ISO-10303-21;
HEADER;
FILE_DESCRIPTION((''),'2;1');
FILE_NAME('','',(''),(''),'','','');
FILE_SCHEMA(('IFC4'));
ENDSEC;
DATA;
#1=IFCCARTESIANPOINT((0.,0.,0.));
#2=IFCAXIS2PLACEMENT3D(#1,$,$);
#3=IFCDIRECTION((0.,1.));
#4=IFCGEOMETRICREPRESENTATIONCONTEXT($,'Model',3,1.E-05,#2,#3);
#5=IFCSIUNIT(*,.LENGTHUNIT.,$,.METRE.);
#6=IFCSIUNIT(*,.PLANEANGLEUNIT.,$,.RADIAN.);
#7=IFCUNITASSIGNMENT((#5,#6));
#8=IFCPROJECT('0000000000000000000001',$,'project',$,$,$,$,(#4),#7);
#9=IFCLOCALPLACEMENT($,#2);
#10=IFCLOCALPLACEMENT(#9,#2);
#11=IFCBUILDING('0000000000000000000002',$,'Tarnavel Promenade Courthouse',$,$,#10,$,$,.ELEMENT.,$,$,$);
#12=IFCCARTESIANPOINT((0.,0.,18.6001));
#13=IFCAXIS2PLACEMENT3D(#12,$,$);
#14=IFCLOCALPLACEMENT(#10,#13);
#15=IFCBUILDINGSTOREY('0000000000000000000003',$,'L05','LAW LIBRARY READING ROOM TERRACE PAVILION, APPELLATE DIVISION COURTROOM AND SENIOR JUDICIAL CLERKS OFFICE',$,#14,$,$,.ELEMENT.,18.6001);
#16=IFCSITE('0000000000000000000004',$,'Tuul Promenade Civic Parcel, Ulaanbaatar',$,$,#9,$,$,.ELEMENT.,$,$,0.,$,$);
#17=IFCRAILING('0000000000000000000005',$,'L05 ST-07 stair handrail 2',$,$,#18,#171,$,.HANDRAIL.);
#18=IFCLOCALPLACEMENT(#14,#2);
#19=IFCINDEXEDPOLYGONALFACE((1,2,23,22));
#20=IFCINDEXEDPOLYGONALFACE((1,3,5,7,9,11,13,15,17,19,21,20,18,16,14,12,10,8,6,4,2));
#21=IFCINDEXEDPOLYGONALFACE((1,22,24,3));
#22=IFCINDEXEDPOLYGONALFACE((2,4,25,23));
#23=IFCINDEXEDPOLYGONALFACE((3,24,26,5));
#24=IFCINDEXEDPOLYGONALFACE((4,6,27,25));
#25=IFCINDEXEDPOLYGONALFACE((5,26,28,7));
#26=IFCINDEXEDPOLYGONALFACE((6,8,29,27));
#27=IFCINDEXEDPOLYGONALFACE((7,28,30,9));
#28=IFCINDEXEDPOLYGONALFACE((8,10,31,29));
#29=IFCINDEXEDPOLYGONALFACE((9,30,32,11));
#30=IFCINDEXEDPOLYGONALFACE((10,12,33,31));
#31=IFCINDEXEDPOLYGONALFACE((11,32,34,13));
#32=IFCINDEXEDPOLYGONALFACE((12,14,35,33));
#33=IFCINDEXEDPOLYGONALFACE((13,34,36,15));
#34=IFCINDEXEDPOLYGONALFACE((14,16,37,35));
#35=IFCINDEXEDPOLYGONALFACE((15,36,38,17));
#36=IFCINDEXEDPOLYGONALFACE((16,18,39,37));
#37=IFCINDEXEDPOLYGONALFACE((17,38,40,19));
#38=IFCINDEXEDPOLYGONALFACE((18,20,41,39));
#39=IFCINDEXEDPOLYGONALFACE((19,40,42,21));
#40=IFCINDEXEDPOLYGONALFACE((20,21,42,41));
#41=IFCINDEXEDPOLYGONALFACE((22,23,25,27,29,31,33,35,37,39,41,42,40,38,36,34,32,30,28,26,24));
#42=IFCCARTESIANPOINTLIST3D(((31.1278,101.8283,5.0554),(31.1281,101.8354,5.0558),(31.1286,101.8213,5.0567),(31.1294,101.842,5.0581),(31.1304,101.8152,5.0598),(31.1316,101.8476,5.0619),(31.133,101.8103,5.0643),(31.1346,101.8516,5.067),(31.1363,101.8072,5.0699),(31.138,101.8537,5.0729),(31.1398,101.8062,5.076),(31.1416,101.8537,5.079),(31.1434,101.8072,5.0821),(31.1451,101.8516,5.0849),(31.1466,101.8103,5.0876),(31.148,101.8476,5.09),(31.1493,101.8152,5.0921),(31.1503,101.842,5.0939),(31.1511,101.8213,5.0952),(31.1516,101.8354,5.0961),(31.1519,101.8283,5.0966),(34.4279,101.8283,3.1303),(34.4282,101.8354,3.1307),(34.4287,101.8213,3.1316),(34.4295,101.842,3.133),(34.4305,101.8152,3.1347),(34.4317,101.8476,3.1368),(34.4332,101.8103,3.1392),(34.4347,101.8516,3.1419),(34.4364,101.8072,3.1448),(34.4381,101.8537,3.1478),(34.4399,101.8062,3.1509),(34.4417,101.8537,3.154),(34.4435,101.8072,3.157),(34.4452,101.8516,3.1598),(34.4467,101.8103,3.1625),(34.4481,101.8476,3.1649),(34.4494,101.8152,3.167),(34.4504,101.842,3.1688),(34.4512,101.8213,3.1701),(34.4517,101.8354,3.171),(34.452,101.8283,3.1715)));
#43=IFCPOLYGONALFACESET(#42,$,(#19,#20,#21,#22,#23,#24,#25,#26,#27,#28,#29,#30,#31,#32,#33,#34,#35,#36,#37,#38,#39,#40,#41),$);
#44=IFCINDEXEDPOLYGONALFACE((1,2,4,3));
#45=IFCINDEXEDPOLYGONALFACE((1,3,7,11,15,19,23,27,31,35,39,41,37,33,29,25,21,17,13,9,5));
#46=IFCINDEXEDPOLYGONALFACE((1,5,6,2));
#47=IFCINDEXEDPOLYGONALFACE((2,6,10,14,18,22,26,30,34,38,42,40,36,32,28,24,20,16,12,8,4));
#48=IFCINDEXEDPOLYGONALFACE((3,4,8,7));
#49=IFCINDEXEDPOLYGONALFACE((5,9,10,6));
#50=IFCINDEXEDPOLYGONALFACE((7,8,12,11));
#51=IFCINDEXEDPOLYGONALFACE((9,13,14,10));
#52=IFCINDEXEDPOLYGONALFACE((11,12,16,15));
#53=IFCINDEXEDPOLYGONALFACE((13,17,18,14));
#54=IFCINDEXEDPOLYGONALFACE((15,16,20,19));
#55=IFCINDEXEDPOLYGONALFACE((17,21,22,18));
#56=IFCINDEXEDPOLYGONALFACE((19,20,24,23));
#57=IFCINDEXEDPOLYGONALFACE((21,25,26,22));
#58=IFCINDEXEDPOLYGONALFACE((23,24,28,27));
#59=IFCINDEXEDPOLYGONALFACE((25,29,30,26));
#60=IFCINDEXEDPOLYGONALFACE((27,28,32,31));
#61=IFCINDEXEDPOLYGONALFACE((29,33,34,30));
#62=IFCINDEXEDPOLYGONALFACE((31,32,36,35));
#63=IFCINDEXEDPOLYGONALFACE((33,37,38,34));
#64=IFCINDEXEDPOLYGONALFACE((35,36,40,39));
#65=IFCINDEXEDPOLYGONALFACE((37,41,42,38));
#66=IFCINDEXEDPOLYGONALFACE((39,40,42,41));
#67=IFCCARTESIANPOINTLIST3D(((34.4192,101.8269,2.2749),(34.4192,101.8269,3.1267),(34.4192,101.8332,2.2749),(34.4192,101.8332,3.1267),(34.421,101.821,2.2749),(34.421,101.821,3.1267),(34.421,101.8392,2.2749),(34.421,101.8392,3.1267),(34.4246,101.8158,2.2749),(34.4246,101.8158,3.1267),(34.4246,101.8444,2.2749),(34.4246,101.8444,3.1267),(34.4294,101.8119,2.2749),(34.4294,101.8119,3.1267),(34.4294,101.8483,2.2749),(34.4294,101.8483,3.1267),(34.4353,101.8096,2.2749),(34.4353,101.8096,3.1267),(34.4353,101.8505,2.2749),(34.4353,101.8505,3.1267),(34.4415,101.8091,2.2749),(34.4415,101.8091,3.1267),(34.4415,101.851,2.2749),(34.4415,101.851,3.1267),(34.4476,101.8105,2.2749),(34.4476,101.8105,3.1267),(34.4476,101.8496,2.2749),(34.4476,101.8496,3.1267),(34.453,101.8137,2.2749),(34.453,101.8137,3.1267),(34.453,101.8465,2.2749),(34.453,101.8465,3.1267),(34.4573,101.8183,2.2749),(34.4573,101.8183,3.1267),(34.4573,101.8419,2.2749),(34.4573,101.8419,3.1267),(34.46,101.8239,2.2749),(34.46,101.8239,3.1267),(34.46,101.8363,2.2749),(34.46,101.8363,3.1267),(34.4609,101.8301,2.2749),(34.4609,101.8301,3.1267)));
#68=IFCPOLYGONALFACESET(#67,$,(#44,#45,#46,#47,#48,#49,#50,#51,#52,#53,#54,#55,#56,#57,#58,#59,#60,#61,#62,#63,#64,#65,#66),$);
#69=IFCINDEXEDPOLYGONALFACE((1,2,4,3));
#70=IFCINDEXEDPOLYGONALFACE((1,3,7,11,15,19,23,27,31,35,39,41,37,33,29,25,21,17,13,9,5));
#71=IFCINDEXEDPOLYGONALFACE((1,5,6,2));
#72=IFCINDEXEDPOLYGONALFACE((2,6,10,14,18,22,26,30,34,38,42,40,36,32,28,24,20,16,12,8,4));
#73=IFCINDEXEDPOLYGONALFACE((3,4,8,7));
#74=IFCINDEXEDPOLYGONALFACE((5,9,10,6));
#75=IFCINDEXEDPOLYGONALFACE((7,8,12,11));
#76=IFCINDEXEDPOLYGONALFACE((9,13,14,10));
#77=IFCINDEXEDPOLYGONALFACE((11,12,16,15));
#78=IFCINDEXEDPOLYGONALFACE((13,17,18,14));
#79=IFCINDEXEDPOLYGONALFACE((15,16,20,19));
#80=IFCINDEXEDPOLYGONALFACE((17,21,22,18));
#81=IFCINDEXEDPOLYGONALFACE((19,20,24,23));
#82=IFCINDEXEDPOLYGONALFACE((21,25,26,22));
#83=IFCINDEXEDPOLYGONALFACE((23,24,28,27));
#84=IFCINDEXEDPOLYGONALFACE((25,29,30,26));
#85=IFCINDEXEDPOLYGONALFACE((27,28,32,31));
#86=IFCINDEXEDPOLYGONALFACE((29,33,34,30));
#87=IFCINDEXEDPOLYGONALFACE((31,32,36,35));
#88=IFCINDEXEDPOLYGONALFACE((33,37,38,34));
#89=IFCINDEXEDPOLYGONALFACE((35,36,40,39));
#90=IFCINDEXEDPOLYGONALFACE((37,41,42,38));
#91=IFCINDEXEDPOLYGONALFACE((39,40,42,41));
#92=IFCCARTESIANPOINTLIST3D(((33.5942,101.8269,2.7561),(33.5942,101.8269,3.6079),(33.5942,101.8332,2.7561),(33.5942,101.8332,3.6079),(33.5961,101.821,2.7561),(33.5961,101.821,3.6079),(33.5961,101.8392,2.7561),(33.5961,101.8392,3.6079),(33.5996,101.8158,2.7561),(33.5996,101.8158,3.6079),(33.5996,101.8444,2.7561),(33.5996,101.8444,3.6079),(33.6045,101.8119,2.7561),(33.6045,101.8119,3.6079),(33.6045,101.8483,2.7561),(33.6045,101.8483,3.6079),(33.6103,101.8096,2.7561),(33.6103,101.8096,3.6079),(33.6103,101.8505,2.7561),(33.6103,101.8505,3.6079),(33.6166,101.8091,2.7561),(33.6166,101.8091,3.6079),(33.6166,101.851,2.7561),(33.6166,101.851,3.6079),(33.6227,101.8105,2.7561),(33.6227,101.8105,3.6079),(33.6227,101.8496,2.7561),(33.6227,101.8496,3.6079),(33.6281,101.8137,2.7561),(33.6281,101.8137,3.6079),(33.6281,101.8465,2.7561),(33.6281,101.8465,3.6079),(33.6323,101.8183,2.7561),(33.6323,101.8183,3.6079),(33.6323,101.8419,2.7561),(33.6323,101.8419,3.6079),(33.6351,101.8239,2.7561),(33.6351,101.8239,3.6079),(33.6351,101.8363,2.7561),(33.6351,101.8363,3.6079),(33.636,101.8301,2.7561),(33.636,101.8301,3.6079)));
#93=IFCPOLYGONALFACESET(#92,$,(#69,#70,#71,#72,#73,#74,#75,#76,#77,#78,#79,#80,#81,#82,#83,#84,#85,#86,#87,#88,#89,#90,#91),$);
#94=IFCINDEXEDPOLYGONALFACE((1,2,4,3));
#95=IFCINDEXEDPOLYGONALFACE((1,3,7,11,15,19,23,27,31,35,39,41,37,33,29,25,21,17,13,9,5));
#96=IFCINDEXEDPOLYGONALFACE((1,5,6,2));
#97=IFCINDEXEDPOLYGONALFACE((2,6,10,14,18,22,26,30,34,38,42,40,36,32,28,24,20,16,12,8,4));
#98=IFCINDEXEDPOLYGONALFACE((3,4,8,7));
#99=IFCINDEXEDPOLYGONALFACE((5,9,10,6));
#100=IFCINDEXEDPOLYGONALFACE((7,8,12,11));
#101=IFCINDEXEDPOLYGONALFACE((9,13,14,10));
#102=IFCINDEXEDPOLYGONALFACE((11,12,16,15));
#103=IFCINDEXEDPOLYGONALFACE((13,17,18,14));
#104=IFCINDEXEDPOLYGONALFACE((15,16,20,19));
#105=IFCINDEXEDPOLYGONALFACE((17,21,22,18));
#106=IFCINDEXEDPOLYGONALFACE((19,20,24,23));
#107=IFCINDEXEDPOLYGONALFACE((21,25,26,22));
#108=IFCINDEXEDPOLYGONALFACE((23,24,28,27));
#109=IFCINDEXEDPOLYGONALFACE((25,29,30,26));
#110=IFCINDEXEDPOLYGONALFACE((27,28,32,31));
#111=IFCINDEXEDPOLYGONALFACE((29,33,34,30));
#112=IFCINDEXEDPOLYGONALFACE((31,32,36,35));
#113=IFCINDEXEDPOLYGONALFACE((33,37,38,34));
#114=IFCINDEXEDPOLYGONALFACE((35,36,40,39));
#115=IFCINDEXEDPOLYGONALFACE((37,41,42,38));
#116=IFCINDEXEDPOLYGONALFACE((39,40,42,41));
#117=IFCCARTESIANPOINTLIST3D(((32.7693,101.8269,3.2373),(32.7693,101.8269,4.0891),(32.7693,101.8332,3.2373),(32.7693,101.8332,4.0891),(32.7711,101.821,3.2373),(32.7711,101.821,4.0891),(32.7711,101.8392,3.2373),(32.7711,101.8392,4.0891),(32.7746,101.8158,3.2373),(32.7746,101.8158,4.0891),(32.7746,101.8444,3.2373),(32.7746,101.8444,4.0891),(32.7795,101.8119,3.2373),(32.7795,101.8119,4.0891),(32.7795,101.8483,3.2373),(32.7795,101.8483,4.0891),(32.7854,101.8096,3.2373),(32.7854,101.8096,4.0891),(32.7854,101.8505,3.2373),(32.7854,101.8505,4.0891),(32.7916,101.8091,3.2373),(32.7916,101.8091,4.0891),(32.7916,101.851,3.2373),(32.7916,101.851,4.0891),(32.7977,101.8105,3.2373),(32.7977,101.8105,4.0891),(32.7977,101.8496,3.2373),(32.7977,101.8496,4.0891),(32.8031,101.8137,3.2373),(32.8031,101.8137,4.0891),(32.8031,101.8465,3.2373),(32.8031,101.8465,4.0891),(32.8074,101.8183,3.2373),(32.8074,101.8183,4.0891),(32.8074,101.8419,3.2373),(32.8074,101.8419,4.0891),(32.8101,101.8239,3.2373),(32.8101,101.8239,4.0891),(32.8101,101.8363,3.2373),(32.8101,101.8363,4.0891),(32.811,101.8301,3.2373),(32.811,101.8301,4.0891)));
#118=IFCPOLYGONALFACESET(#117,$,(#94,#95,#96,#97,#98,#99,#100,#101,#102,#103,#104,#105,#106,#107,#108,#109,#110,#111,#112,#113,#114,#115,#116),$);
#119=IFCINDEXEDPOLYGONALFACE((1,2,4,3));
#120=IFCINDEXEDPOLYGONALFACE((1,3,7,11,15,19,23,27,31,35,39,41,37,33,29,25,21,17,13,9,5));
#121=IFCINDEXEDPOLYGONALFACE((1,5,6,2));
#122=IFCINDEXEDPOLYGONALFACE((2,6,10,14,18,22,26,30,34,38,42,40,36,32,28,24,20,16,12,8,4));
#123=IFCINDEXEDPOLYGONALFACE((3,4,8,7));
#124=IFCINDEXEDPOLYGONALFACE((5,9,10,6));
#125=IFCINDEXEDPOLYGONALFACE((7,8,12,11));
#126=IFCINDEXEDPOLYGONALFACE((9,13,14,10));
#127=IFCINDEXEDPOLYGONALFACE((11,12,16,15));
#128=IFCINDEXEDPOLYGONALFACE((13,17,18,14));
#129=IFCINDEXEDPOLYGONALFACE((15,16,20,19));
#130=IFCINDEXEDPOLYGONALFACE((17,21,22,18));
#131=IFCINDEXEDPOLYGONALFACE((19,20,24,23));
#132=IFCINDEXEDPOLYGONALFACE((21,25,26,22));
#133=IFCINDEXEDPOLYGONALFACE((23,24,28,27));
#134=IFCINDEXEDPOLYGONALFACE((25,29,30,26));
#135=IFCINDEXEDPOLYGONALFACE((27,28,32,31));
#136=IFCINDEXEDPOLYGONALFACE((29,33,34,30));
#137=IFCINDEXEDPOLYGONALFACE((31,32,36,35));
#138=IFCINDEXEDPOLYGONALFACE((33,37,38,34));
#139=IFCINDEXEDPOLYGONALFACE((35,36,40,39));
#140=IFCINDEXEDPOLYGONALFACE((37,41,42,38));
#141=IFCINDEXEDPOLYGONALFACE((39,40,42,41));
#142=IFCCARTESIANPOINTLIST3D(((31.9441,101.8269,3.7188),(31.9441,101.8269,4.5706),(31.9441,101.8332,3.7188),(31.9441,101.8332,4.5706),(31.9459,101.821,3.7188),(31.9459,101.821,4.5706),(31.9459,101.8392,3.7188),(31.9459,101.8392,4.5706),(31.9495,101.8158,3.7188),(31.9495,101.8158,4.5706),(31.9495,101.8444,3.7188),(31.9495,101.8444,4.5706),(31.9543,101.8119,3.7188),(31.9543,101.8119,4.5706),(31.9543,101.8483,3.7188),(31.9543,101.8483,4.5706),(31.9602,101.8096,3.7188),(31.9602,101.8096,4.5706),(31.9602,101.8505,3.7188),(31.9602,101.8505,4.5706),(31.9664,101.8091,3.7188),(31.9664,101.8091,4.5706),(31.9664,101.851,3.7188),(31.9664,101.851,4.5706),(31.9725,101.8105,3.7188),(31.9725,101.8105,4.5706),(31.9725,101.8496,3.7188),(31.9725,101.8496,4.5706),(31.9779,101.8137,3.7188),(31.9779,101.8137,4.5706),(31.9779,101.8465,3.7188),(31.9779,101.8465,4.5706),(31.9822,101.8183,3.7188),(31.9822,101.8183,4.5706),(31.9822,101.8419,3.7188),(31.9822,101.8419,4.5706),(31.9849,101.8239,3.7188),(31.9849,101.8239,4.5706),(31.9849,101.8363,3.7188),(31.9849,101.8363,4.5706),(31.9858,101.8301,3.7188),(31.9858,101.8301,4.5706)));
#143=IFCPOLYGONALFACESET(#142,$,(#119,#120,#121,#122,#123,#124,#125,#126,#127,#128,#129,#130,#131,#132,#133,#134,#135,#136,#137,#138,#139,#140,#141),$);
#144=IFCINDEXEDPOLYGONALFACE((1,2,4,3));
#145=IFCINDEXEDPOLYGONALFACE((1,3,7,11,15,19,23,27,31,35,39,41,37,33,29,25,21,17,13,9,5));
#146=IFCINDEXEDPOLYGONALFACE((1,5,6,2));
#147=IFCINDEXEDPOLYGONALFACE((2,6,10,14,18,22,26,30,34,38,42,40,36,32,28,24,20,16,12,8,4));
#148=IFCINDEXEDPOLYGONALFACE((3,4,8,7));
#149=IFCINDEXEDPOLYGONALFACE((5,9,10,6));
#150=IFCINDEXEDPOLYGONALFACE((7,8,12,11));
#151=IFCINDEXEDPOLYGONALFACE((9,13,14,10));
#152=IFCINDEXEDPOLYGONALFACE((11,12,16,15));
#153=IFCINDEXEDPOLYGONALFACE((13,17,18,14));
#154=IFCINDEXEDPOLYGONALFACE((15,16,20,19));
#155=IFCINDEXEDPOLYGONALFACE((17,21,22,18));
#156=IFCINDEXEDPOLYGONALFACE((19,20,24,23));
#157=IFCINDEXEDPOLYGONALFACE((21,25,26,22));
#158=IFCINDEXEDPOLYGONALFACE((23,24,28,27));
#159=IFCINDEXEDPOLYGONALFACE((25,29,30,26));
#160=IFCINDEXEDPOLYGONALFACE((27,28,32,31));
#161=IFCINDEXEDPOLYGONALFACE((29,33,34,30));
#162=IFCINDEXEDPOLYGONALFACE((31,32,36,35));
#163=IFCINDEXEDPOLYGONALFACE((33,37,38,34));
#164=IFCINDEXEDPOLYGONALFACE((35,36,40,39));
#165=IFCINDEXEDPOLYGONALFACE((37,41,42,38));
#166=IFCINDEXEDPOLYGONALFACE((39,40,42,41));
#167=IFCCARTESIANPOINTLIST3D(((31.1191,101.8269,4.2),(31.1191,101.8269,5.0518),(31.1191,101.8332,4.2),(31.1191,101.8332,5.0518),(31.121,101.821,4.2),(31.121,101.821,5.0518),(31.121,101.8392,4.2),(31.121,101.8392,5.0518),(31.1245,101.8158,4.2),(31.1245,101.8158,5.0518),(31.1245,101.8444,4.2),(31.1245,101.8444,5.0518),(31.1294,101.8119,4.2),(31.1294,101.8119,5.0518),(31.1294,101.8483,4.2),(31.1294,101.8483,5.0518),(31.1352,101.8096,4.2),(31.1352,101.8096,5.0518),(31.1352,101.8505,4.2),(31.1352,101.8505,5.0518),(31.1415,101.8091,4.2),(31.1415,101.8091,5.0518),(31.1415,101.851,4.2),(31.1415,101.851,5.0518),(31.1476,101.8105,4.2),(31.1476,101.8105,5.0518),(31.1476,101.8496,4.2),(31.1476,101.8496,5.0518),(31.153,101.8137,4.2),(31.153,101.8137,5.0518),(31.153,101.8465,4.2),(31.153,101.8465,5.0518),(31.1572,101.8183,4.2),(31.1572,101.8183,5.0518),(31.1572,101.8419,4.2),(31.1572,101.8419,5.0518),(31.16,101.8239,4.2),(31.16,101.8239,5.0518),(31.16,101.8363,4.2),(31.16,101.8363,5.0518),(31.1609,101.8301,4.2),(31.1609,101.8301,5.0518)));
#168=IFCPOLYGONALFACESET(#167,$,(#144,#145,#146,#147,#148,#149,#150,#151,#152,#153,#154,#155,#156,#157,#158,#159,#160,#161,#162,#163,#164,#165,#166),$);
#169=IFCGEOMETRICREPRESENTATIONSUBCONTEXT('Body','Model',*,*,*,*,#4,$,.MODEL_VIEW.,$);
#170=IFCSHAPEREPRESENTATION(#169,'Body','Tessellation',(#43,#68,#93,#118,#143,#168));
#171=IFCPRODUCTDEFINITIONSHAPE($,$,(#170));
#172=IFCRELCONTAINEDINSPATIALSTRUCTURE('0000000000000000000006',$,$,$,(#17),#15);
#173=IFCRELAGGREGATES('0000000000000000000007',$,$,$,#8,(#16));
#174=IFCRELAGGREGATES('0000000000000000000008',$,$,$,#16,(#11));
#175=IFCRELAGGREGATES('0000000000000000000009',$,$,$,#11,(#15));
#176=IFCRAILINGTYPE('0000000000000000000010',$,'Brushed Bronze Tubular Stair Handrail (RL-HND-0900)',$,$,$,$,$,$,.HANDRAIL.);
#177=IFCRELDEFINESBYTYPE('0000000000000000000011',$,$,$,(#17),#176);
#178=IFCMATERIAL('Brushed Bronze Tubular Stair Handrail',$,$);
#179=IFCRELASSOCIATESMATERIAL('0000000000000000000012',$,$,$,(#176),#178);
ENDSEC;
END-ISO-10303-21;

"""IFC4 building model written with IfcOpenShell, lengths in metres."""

from ifc_helpers import new_model, si_unit, direction, frame, origin, origin_2d, place, context, subcontext, project, spatial, circle, extrude, material, type_object, element, save


model = new_model("IFC4")

# Units and contexts
model_context = context("Model", 3, precision=1e-05, world=origin(), true_north=direction((0.0, 1.0)))
body_context = subcontext(model_context, "Body", "Model", "MODEL_VIEW")
ifc_project = project(units=[si_unit("LENGTHUNIT", "METRE"), si_unit("PLANEANGLEUNIT", "RADIAN")], contexts=[model_context])

# Site, building, storey
site_placement = place(None, origin())
site = spatial("IfcSite", under=ifc_project, at=site_placement, Name="Tuul Promenade Civic Parcel, Ulaanbaatar", CompositionType="ELEMENT", RefElevation=0.0)
building_placement = place(site_placement, origin())
building = spatial("IfcBuilding", under=site, at=building_placement, Name="Tarnavel Promenade Courthouse", CompositionType="ELEMENT")
storey_placement = place(building_placement, frame((0.0, 0.0, 18.6001)))
storey = spatial("IfcBuildingStorey", under=building, at=storey_placement, Name="L05", Description="LAW LIBRARY READING ROOM TERRACE PAVILION, APPELLATE DIVISION COURTROOM AND SENIOR JUDICIAL CLERKS OFFICE", CompositionType="ELEMENT", Elevation=18.6001)

# Railing
ifc_material_1 = material(Name="Brushed Bronze Tubular Stair Handrail")
railing_type_1 = type_object("IfcRailingType", Name="Brushed Bronze Tubular Stair Handrail (RL-HND-0900)", PredefinedType="HANDRAIL", material=ifc_material_1)
railing_1_placement = place(storey_placement, frame((34.4399, 101.8301, 2.2749)))
element("IfcRailing", 1, at=railing_1_placement, inside=storey, type_object=railing_type_1, Name="L05 ST-07 stair handrail 2", PredefinedType="HANDRAIL", context=body_context, shape_type="SweptSolid", body=[
    extrude(circle(Radius=0.0239, at=origin_2d()), frame((0.0, 0.0, 0.876), z_axis=(-0.863777, 0.0, 0.503875), x_axis=(0.0, -1.0, 0.0)), (0.0, 0.0, 1.0), 3.8206),
    extrude(circle(Radius=0.021, at=origin_2d()), origin(), (0.0, 0.0, 1.0), 0.8518),
    extrude(circle(Radius=0.021, at=origin_2d()), frame((-0.825, 0.0, 0.4812)), (0.0, 0.0, 1.0), 0.8518),
    extrude(circle(Radius=0.021, at=origin_2d()), frame((-1.6499, 0.0, 0.9624)), (0.0, 0.0, 1.0), 0.8518),
    extrude(circle(Radius=0.021, at=origin_2d()), frame((-2.4751, 0.0, 1.4438)), (0.0, 0.0, 1.0), 0.8518),
    extrude(circle(Radius=0.021, at=origin_2d()), frame((-3.3, 0.0, 1.925)), (0.0, 0.0, 1.0), 0.8518),
])

save(model, "model.ifc")
